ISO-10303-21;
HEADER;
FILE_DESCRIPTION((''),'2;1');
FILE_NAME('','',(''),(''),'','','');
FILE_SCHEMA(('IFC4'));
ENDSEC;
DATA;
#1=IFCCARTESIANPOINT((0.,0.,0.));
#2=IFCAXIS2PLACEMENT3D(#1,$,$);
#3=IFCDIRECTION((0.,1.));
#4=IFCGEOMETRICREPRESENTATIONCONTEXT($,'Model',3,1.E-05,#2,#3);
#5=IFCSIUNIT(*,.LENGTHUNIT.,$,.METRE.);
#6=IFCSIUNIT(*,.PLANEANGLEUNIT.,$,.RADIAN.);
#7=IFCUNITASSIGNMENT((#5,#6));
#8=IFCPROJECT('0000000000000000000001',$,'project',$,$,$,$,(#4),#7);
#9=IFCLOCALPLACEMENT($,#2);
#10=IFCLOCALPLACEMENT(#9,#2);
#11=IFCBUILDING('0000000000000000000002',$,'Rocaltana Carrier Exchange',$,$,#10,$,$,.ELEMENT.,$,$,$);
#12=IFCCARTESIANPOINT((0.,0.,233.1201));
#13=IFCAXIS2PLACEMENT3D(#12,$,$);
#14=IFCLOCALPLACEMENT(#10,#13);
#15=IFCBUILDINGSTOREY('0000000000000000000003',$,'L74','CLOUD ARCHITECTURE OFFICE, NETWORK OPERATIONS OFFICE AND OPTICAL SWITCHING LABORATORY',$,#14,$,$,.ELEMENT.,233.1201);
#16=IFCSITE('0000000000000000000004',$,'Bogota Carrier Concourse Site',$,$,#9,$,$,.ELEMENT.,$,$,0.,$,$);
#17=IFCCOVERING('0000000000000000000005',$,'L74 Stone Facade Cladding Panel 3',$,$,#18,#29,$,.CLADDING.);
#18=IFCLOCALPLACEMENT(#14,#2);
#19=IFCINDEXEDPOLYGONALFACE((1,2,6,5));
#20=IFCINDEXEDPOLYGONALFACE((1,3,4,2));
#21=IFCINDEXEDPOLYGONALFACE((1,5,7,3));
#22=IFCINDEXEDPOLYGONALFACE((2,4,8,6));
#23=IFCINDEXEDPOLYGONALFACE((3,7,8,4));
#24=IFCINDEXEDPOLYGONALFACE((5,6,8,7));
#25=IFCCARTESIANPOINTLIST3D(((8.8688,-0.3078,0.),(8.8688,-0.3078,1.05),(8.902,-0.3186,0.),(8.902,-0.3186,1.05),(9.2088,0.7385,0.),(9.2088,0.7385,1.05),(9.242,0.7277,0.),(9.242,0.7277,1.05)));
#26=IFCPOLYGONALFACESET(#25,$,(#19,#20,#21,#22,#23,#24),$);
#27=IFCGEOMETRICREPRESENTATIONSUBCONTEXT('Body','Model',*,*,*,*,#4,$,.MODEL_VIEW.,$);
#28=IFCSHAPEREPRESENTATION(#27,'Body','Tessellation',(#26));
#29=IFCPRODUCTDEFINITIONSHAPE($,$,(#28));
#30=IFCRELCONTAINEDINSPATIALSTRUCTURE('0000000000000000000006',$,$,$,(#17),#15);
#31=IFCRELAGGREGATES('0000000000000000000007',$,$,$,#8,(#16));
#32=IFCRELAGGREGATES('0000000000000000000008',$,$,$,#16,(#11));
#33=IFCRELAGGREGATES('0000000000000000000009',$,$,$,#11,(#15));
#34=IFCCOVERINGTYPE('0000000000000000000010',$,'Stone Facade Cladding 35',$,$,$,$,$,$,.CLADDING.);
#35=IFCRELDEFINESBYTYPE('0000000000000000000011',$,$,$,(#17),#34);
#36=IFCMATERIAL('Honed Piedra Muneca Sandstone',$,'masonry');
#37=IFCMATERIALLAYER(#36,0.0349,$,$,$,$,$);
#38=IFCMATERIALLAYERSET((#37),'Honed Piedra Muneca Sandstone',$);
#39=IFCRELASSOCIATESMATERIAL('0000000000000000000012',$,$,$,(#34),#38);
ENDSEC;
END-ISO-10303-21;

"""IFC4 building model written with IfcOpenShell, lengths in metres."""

from ifc_helpers import new_model, si_unit, direction, frame, origin, origin_2d, place, context, subcontext, project, spatial, rectangle, extrude, material, layer, layer_set, type_object, element, save


model = new_model("IFC4")

# Units and contexts
model_context = context("Model", 3, precision=1e-05, world=origin(), true_north=direction((0.0, 1.0)))
body_context = subcontext(model_context, "Body", "Model", "MODEL_VIEW")
ifc_project = project(units=[si_unit("LENGTHUNIT", "METRE"), si_unit("PLANEANGLEUNIT", "RADIAN")], contexts=[model_context])

# Site, building, storey
site_placement = place(None, origin())
site = spatial("IfcSite", under=ifc_project, at=site_placement, Name="Bogota Carrier Concourse Site", CompositionType="ELEMENT", RefElevation=0.0)
building_placement = place(site_placement, origin())
building = spatial("IfcBuilding", under=site, at=building_placement, Name="Rocaltana Carrier Exchange", CompositionType="ELEMENT")
storey_placement = place(building_placement, frame((0.0, 0.0, 233.1201)))
storey = spatial("IfcBuildingStorey", under=building, at=storey_placement, Name="L74", Description="CLOUD ARCHITECTURE OFFICE, NETWORK OPERATIONS OFFICE AND OPTICAL SWITCHING LABORATORY", CompositionType="ELEMENT", Elevation=233.1201)

# Covering
ifc_material_1 = material(Name="Honed Piedra Muneca Sandstone", Category="masonry")
ifc_layer_1 = layer(ifc_material_1, 0.0349)
ifc_layer_set_1 = layer_set([ifc_layer_1], Name="Honed Piedra Muneca Sandstone")
covering_type_1 = type_object("IfcCoveringType", Name="Stone Facade Cladding 35", PredefinedType="CLADDING", material=ifc_layer_set_1)
covering_1_placement = place(storey_placement, frame((9.0554, 0.21, 0.0), z_axis=(0.0, 0.0, 1.0), x_axis=(0.309017, 0.951057, 0.0)))
element("IfcCovering", 1, at=covering_1_placement, inside=storey, type_object=covering_type_1, Name="L74 Stone Facade Cladding Panel 3", PredefinedType="CLADDING", context=body_context, shape_type="SweptSolid", body=[
    extrude(rectangle(XDim=1.1001, YDim=0.0349, at=origin_2d()), origin(), (0.0, 0.0, 1.0), 1.05),
])

save(model, "model.ifc")
